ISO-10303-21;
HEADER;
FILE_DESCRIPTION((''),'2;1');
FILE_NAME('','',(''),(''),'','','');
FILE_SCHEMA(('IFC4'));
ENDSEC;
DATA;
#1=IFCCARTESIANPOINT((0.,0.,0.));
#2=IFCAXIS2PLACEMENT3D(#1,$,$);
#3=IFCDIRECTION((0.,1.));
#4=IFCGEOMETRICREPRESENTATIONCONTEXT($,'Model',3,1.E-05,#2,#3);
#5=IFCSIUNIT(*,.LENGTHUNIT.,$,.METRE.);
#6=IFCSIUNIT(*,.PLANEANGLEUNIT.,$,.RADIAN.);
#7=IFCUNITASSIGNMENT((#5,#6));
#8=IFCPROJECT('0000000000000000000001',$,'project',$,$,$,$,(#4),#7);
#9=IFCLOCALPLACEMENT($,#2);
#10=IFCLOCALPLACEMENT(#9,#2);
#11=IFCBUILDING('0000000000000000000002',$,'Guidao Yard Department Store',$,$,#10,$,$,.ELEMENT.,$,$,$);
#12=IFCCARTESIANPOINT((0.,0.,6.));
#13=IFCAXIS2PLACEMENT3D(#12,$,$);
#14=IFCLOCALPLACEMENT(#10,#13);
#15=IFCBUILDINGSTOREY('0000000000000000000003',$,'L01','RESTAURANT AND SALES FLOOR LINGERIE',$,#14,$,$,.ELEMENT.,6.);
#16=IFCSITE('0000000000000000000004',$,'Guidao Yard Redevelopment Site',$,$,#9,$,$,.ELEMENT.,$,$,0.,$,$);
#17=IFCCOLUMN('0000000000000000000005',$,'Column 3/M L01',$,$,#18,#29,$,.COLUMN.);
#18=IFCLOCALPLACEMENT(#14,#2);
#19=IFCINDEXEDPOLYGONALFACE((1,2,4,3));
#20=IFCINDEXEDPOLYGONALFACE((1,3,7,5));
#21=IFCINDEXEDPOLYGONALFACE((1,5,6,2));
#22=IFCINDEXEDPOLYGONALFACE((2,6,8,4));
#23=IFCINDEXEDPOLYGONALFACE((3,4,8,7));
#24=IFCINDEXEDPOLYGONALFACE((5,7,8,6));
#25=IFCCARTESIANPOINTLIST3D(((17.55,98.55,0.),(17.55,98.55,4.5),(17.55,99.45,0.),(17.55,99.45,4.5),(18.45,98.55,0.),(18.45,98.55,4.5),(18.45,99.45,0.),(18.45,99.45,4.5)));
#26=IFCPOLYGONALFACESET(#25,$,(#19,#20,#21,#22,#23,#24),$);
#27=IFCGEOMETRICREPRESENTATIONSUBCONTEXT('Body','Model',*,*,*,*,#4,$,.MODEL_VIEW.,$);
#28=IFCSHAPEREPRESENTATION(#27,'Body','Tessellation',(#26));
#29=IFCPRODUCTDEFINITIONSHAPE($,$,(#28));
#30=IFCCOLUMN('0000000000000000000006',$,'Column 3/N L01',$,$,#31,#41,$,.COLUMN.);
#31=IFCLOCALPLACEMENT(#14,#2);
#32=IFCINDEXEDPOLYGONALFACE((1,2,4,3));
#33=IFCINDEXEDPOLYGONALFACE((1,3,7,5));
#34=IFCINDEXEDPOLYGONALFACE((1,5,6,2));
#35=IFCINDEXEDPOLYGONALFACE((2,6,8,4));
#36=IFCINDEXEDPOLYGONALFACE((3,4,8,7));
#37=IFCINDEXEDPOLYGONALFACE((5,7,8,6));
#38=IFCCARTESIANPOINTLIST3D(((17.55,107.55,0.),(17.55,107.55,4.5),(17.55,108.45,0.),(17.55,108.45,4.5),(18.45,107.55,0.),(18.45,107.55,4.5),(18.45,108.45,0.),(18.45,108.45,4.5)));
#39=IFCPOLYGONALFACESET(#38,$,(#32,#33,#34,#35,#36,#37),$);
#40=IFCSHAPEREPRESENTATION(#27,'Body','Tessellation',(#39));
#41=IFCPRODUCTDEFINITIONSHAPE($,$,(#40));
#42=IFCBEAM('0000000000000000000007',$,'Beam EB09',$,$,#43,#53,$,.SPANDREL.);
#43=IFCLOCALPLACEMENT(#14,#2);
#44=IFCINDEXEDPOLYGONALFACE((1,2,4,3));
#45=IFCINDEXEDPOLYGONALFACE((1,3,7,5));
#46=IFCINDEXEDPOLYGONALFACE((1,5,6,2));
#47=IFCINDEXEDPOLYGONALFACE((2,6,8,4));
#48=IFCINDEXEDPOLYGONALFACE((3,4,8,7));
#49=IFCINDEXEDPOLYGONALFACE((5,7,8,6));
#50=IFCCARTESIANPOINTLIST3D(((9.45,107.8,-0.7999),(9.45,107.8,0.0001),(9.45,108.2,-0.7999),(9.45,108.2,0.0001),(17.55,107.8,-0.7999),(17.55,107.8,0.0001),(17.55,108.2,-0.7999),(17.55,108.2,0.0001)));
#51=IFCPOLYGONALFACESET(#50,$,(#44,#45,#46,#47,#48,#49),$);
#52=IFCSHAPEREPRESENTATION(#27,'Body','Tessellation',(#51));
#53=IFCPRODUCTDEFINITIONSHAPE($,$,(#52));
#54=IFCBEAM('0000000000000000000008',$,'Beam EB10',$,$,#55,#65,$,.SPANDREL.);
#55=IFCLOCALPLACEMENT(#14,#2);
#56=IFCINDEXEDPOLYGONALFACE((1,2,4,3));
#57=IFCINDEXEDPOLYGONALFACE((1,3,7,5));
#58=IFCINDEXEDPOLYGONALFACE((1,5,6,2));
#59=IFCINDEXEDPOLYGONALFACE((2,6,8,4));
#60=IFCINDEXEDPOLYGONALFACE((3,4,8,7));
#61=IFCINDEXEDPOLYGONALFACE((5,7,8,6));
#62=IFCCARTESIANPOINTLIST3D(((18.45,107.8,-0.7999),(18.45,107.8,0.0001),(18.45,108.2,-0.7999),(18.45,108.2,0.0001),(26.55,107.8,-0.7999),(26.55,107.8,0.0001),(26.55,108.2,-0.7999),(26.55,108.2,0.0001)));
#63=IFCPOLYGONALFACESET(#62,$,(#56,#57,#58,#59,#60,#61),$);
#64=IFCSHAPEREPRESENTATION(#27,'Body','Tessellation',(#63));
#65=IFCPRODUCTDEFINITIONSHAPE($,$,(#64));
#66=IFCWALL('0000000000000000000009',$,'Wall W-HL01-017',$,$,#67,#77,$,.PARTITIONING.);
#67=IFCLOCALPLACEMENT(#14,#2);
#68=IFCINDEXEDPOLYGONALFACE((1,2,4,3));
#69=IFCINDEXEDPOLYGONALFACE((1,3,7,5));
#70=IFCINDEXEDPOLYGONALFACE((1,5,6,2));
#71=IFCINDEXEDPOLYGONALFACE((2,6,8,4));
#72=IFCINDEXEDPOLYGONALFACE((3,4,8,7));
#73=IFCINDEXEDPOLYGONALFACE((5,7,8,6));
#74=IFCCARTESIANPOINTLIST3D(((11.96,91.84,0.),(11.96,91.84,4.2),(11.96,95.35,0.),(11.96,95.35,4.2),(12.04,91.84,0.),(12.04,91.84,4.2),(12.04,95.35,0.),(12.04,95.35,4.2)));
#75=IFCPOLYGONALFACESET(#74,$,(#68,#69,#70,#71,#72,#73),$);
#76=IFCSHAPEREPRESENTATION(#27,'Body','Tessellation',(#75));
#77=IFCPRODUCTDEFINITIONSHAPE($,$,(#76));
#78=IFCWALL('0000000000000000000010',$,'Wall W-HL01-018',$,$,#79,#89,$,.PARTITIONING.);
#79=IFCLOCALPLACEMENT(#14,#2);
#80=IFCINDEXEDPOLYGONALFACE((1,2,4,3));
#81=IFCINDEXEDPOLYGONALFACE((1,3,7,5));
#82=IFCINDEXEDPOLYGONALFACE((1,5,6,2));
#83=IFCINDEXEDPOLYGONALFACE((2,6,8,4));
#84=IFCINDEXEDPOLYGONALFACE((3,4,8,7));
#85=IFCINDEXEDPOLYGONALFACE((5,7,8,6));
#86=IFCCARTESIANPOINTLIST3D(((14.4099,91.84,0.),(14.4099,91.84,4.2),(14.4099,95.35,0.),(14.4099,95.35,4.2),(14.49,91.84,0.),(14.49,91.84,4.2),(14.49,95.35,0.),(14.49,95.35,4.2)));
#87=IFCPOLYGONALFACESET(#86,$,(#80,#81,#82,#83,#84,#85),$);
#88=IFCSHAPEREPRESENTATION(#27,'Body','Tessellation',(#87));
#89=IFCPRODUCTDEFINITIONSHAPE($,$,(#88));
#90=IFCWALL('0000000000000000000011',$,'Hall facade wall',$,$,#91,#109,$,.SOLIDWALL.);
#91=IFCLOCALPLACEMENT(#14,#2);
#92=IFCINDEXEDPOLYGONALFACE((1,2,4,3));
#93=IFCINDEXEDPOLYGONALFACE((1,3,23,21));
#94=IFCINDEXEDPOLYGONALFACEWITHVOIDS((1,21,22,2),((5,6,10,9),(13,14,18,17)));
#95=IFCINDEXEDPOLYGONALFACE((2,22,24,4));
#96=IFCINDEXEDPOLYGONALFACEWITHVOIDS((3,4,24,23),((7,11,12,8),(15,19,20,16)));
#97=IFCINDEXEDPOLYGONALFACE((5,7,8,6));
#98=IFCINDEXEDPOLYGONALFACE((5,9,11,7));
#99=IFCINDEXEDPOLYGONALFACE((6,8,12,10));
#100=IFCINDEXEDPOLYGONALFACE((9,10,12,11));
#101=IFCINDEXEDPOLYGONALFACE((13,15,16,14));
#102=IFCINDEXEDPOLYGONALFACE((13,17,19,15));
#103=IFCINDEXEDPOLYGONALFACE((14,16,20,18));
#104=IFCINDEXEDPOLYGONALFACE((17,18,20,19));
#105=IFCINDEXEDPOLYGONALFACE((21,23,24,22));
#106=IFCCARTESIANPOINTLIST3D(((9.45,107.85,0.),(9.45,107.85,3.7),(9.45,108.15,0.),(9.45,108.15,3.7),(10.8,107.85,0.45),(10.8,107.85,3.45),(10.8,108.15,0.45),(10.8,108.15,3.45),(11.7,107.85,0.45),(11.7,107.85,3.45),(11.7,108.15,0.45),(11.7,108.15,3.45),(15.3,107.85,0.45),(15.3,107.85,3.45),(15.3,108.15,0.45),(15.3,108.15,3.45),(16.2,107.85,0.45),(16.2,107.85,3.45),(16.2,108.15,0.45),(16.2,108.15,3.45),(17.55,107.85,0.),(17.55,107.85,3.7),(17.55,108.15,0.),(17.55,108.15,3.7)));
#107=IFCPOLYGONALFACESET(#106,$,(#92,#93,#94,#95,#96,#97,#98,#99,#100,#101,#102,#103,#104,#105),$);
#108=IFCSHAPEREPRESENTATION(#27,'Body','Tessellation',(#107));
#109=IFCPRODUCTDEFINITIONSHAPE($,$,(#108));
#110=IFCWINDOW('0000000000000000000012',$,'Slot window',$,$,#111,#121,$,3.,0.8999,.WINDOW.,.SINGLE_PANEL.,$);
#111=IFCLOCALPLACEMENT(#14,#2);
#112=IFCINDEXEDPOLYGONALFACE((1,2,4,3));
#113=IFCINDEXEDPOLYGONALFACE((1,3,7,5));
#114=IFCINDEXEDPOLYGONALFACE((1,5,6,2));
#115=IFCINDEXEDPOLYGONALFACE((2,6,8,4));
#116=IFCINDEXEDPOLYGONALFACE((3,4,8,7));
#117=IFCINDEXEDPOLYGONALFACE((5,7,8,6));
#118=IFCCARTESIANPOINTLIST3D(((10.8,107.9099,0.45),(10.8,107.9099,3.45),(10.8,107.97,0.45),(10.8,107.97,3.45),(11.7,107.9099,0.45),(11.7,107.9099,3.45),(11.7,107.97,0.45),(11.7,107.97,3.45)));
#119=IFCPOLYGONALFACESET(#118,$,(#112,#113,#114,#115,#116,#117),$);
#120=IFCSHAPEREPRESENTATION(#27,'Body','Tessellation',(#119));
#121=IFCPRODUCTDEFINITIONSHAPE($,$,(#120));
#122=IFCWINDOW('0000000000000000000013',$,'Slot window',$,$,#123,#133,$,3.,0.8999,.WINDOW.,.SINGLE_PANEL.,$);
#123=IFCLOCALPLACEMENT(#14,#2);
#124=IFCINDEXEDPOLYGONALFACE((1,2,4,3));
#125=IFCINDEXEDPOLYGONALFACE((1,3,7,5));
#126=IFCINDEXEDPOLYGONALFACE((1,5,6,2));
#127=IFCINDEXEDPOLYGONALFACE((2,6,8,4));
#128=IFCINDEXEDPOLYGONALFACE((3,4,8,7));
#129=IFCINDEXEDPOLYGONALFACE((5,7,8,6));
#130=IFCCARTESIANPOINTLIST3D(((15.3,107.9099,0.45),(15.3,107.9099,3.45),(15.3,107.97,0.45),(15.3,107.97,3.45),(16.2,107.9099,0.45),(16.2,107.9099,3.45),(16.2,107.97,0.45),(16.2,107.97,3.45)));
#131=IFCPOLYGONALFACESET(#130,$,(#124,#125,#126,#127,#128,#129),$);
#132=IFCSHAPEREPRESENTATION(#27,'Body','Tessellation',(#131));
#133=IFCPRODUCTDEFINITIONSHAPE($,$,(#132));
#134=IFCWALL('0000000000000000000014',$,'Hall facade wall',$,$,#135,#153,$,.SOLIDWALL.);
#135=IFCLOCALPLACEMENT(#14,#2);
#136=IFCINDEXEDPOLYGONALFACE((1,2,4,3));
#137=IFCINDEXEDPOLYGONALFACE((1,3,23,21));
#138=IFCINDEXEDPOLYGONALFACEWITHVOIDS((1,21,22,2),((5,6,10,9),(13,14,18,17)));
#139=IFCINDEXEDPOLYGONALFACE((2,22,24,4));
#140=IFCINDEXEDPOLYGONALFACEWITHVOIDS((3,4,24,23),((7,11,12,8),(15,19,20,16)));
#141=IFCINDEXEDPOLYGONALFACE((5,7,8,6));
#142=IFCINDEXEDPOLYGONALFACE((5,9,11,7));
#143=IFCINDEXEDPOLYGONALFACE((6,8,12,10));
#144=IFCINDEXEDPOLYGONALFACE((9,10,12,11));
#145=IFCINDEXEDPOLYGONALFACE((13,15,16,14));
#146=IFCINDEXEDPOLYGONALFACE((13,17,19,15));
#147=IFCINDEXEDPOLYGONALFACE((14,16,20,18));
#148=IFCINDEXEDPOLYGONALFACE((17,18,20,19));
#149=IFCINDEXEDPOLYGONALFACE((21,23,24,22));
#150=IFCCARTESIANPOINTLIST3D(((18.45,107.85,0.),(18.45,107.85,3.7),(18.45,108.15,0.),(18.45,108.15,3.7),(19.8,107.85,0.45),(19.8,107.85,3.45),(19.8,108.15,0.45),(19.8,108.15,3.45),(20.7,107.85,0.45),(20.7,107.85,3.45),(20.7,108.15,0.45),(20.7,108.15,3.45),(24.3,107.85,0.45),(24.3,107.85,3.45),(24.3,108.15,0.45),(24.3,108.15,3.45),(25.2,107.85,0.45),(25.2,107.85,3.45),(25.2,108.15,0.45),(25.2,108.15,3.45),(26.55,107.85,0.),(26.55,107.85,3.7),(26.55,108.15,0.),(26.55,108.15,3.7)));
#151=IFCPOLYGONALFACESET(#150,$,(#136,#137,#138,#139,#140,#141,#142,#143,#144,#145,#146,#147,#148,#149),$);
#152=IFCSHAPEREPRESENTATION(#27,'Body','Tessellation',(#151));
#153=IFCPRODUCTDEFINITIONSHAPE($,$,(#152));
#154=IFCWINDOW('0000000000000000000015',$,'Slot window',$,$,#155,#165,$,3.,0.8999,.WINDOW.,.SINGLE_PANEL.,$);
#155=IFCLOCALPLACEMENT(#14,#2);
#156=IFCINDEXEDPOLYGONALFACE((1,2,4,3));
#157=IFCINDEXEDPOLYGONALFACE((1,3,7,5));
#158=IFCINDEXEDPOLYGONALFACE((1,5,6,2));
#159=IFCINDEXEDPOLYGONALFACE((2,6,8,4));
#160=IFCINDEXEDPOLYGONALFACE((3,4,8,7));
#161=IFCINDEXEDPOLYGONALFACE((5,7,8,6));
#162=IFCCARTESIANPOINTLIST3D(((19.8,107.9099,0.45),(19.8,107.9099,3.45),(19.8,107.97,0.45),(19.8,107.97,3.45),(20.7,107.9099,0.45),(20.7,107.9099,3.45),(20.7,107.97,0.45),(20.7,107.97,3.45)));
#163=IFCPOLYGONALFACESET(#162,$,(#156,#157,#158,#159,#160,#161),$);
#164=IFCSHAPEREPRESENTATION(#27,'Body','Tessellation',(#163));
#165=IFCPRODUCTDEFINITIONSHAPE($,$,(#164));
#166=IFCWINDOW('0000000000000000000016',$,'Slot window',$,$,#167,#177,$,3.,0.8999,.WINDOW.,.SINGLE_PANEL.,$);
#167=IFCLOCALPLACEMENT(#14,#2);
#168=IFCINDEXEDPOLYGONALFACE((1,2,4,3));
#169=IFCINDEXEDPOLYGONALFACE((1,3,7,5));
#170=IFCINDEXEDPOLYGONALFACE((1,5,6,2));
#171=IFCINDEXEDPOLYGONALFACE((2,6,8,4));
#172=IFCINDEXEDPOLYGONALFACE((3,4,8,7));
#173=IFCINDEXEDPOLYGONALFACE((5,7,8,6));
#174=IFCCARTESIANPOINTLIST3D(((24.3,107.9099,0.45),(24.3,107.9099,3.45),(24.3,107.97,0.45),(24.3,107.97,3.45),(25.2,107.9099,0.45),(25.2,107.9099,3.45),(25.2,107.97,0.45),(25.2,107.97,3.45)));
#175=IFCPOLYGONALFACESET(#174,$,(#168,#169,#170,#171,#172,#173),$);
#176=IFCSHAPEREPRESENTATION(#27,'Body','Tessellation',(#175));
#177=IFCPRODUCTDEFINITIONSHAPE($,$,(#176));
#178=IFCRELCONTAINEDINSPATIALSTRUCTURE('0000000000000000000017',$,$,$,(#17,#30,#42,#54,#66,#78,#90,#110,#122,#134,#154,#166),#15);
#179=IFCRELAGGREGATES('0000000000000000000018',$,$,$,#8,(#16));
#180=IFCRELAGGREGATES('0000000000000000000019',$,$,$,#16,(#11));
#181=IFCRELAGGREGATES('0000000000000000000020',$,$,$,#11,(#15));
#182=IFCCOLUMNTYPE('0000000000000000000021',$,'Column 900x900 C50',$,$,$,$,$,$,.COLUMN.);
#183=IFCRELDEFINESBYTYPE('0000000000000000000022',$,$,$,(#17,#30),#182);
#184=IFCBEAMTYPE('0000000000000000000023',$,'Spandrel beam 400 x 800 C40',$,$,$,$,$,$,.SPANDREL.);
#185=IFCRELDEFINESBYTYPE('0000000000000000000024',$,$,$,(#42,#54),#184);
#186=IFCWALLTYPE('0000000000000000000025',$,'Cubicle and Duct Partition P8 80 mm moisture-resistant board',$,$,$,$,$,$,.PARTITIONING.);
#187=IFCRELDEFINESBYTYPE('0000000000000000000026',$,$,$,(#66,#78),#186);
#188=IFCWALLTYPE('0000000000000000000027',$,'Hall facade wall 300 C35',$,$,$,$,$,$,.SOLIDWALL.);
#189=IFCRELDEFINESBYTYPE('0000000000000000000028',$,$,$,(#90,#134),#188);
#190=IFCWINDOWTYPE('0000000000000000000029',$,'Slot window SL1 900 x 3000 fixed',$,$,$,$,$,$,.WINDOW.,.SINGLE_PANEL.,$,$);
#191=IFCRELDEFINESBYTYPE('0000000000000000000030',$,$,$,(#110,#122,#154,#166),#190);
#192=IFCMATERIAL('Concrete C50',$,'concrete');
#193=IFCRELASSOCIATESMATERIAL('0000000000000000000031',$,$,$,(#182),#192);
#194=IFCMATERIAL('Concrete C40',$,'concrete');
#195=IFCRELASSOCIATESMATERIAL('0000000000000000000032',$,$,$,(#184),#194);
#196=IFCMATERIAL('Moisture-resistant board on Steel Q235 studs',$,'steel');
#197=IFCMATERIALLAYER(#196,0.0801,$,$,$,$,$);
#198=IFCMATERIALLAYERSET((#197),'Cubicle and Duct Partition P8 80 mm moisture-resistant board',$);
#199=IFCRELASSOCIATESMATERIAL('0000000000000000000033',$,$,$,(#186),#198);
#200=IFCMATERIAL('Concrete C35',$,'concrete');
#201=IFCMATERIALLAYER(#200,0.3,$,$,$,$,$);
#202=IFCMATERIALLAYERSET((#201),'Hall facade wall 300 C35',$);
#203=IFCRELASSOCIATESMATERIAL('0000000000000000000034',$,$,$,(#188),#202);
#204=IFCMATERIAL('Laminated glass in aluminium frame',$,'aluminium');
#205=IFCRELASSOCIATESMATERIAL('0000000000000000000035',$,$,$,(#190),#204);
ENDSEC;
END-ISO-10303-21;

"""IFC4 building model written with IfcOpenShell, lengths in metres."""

from ifc_helpers import new_model, si_unit, direction, frame, frame_2d, origin, origin_2d, place, context, subcontext, project, spatial, rectangle, extrude, material, layer, layer_set, material_profile, profile_set, type_object, element, fill, save


model = new_model("IFC4")

# Units and contexts
model_context = context("Model", 3, precision=1e-05, world=origin(), true_north=direction((0.0, 1.0)))
body_context = subcontext(model_context, "Body", "Model", "MODEL_VIEW")
ifc_project = project(units=[si_unit("LENGTHUNIT", "METRE"), si_unit("PLANEANGLEUNIT", "RADIAN")], contexts=[model_context])

# Site, building, storey
site_placement = place(None, origin())
site = spatial("IfcSite", under=ifc_project, at=site_placement, Name="Guidao Yard Redevelopment Site", CompositionType="ELEMENT", RefElevation=0.0)
building_placement = place(site_placement, origin())
building = spatial("IfcBuilding", under=site, at=building_placement, Name="Guidao Yard Department Store", CompositionType="ELEMENT")
storey_placement = place(building_placement, frame((0.0, 0.0, 6.0)))
storey = spatial("IfcBuildingStorey", under=building, at=storey_placement, Name="L01", Description="RESTAURANT AND SALES FLOOR LINGERIE", CompositionType="ELEMENT", Elevation=6.0)

# Columns
ifc_material_1 = material(Name="Concrete C50", Category="concrete")
ifc_material_profile_1 = material_profile(ifc_material_1, rectangle(XDim=0.8999, YDim=0.8999, at=origin_2d()), Name="COL 900x900")
ifc_profile_set_1 = profile_set([ifc_material_profile_1], Name="Concrete C50")
column_type = type_object("IfcColumnType", Name="Column 900x900 C50", PredefinedType="COLUMN", material=ifc_profile_set_1)
for number, where, z_axis, x_axis, name in (
    (1, (18.0, 99.0, 0.0), (0.0, 0.0, 1.0), (1.0, 0.0, 0.0), "Column 3/M L01"),
    (2, (18.0, 108.0, 0.0), (0.0, 0.0, 1.0), (1.0, 0.0, 0.0), "Column 3/N L01"),
):
    element("IfcColumn", number, at=place(storey_placement, frame(where, z_axis=z_axis, x_axis=x_axis)), inside=storey, type_object=column_type, Name=name, PredefinedType="COLUMN", context=body_context, shape_type="SweptSolid", body=[
        extrude(rectangle(XDim=0.8999, YDim=0.8999, at=origin_2d()), origin(), (0.0, 0.0, 1.0), 4.5),
    ])

# Beams
ifc_material_2 = material(Name="Concrete C40", Category="concrete")
ifc_material_profile_2 = material_profile(ifc_material_2, rectangle(XDim=0.3999, YDim=0.8, at=origin_2d()), Name="Spandrel beam 400 x 800 C40")
ifc_profile_set_2 = profile_set([ifc_material_profile_2], Name="Concrete C40")
beam_type = type_object("IfcBeamType", Name="Spandrel beam 400 x 800 C40", PredefinedType="SPANDREL", material=ifc_profile_set_2)
for number, where, z_axis, x_axis, name in (
    (3, (9.45, 108.0, -0.3999), (1.0, 0.0, 0.0), (0.0, 1.0, 0.0), "Beam EB09"),
    (4, (18.45, 108.0, -0.3999), (1.0, 0.0, 0.0), (0.0, 1.0, 0.0), "Beam EB10"),
):
    element("IfcBeam", number, at=place(storey_placement, frame(where, z_axis=z_axis, x_axis=x_axis)), inside=storey, type_object=beam_type, Name=name, PredefinedType="SPANDREL", context=body_context, shape_type="SweptSolid", body=[
        extrude(rectangle(XDim=0.3999, YDim=0.8, at=origin_2d()), origin(), (0.0, 0.0, 1.0), 8.1001),
    ])

# Walls
ifc_material_3 = material(Name="Moisture-resistant board on Steel Q235 studs", Category="steel")
ifc_layer_1 = layer(ifc_material_3, 0.0801)
ifc_layer_set_1 = layer_set([ifc_layer_1], Name="Cubicle and Duct Partition P8 80 mm moisture-resistant board")
wall_type_1 = type_object("IfcWallType", Name="Cubicle and Duct Partition P8 80 mm moisture-resistant board", PredefinedType="PARTITIONING", material=ifc_layer_set_1)
for number, where, z_axis, x_axis, name in (
    (5, (12.0, 91.8401, 0.0), (0.0, 0.0, 1.0), (0.0, 1.0, 0.0), "Wall W-HL01-017"),
    (6, (14.45, 91.8401, 0.0), (0.0, 0.0, 1.0), (0.0, 1.0, 0.0), "Wall W-HL01-018"),
):
    element("IfcWall", number, at=place(storey_placement, frame(where, z_axis=z_axis, x_axis=x_axis)), inside=storey, type_object=wall_type_1, Name=name, PredefinedType="PARTITIONING", context=body_context, shape_type="SweptSolid", body=[
        extrude(rectangle(XDim=3.51, YDim=0.0801, at=frame_2d((1.7549, 0.0))), origin(), (0.0, 0.0, 1.0), 4.2),
    ])

# Walls, openings, windows
ifc_material_4 = material(Name="Concrete C35", Category="concrete")
ifc_layer_2 = layer(ifc_material_4, 0.3)
ifc_layer_set_2 = layer_set([ifc_layer_2], Name="Hall facade wall 300 C35")
wall_type_2 = type_object("IfcWallType", Name="Hall facade wall 300 C35", PredefinedType="SOLIDWALL", material=ifc_layer_set_2)
wall_1_placement = place(storey_placement, frame((9.45, 108.0, 0.0), z_axis=(0.0, 0.0, 1.0), x_axis=(1.0, 0.0, 0.0)))
wall_1 = element("IfcWall", 7, at=wall_1_placement, inside=storey, type_object=wall_type_2, Name="Hall facade wall", PredefinedType="SOLIDWALL", context=body_context, shape_type="SweptSolid", body=[
    extrude(rectangle(XDim=8.1001, YDim=0.3, at=frame_2d((4.05, 0.0))), origin(), (0.0, 0.0, 1.0), 3.7),
])
opening_1_placement = place(wall_1_placement, frame((1.3501, 0.0, 0.45)))
opening_1 = element("IfcOpeningElement", 8, at=opening_1_placement, cuts=wall_1, PredefinedType="OPENING", context=body_context, shape_type="SweptSolid", body=[
    extrude(rectangle(XDim=0.8999, YDim=3.0, at=frame_2d((0.45, 1.5))), frame((0.0, 0.1599, 0.0), z_axis=(0.0, -1.0, 0.0), x_axis=(1.0, 0.0, 0.0)), (0.0, 0.0, 1.0), 0.3201),
])
opening_2_placement = place(wall_1_placement, frame((5.8501, 0.0, 0.45)))
opening_2 = element("IfcOpeningElement", 9, at=opening_2_placement, cuts=wall_1, PredefinedType="OPENING", context=body_context, shape_type="SweptSolid", body=[
    extrude(rectangle(XDim=0.8999, YDim=3.0, at=frame_2d((0.45, 1.5))), frame((0.0, 0.1599, 0.0), z_axis=(0.0, -1.0, 0.0), x_axis=(1.0, 0.0, 0.0)), (0.0, 0.0, 1.0), 0.3201),
])
ifc_material_5 = material(Name="Laminated glass in aluminium frame", Category="aluminium")
window_type = type_object("IfcWindowType", Name="Slot window SL1 900 x 3000 fixed", PartitioningType="SINGLE_PANEL", PredefinedType="WINDOW", material=ifc_material_5)
window_1_placement = place(opening_1_placement, origin())
window_1 = element("IfcWindow", 10, at=window_1_placement, inside=storey, type_object=window_type, Name="Slot window", OverallHeight=3.0, OverallWidth=0.8999, PartitioningType="SINGLE_PANEL", PredefinedType="WINDOW", context=body_context, shape_type="SweptSolid", body=[
    extrude(rectangle(XDim=0.8999, YDim=3.0, at=frame_2d((0.45, 1.5))), frame((0.0, -0.03, 0.0), z_axis=(0.0, -1.0, 0.0), x_axis=(1.0, 0.0, 0.0)), (0.0, 0.0, 1.0), 0.0601),
])
fill(opening_1, window_1)
window_2_placement = place(opening_2_placement, origin())
window_2 = element("IfcWindow", 11, at=window_2_placement, inside=storey, type_object=window_type, Name="Slot window", OverallHeight=3.0, OverallWidth=0.8999, PartitioningType="SINGLE_PANEL", PredefinedType="WINDOW", context=body_context, shape_type="SweptSolid", body=[
    extrude(rectangle(XDim=0.8999, YDim=3.0, at=frame_2d((0.45, 1.5))), frame((0.0, -0.03, 0.0), z_axis=(0.0, -1.0, 0.0), x_axis=(1.0, 0.0, 0.0)), (0.0, 0.0, 1.0), 0.0601),
])
fill(opening_2, window_2)
wall_2_placement = place(storey_placement, frame((18.45, 108.0, 0.0), z_axis=(0.0, 0.0, 1.0), x_axis=(1.0, 0.0, 0.0)))
wall_2 = element("IfcWall", 12, at=wall_2_placement, inside=storey, type_object=wall_type_2, Name="Hall facade wall", PredefinedType="SOLIDWALL", context=body_context, shape_type="SweptSolid", body=[
    extrude(rectangle(XDim=8.1001, YDim=0.3, at=frame_2d((4.05, 0.0))), origin(), (0.0, 0.0, 1.0), 3.7),
])
opening_3_placement = place(wall_2_placement, frame((1.3501, 0.0, 0.45)))
opening_3 = element("IfcOpeningElement", 13, at=opening_3_placement, cuts=wall_2, PredefinedType="OPENING", context=body_context, shape_type="SweptSolid", body=[
    extrude(rectangle(XDim=0.8999, YDim=3.0, at=frame_2d((0.45, 1.5))), frame((0.0, 0.1599, 0.0), z_axis=(0.0, -1.0, 0.0), x_axis=(1.0, 0.0, 0.0)), (0.0, 0.0, 1.0), 0.3201),
])
opening_4_placement = place(wall_2_placement, frame((5.8501, 0.0, 0.45)))
opening_4 = element("IfcOpeningElement", 14, at=opening_4_placement, cuts=wall_2, PredefinedType="OPENING", context=body_context, shape_type="SweptSolid", body=[
    extrude(rectangle(XDim=0.8999, YDim=3.0, at=frame_2d((0.45, 1.5))), frame((0.0, 0.1599, 0.0), z_axis=(0.0, -1.0, 0.0), x_axis=(1.0, 0.0, 0.0)), (0.0, 0.0, 1.0), 0.3201),
])
window_3_placement = place(opening_3_placement, origin())
window_3 = element("IfcWindow", 15, at=window_3_placement, inside=storey, type_object=window_type, Name="Slot window", OverallHeight=3.0, OverallWidth=0.8999, PartitioningType="SINGLE_PANEL", PredefinedType="WINDOW", context=body_context, shape_type="SweptSolid", body=[
    extrude(rectangle(XDim=0.8999, YDim=3.0, at=frame_2d((0.45, 1.5))), frame((0.0, -0.03, 0.0), z_axis=(0.0, -1.0, 0.0), x_axis=(1.0, 0.0, 0.0)), (0.0, 0.0, 1.0), 0.0601),
])
fill(opening_3, window_3)
window_4_placement = place(opening_4_placement, origin())
window_4 = element("IfcWindow", 16, at=window_4_placement, inside=storey, type_object=window_type, Name="Slot window", OverallHeight=3.0, OverallWidth=0.8999, PartitioningType="SINGLE_PANEL", PredefinedType="WINDOW", context=body_context, shape_type="SweptSolid", body=[
    extrude(rectangle(XDim=0.8999, YDim=3.0, at=frame_2d((0.45, 1.5))), frame((0.0, -0.03, 0.0), z_axis=(0.0, -1.0, 0.0), x_axis=(1.0, 0.0, 0.0)), (0.0, 0.0, 1.0), 0.0601),
])
fill(opening_4, window_4)

save(model, "model.ifc")
